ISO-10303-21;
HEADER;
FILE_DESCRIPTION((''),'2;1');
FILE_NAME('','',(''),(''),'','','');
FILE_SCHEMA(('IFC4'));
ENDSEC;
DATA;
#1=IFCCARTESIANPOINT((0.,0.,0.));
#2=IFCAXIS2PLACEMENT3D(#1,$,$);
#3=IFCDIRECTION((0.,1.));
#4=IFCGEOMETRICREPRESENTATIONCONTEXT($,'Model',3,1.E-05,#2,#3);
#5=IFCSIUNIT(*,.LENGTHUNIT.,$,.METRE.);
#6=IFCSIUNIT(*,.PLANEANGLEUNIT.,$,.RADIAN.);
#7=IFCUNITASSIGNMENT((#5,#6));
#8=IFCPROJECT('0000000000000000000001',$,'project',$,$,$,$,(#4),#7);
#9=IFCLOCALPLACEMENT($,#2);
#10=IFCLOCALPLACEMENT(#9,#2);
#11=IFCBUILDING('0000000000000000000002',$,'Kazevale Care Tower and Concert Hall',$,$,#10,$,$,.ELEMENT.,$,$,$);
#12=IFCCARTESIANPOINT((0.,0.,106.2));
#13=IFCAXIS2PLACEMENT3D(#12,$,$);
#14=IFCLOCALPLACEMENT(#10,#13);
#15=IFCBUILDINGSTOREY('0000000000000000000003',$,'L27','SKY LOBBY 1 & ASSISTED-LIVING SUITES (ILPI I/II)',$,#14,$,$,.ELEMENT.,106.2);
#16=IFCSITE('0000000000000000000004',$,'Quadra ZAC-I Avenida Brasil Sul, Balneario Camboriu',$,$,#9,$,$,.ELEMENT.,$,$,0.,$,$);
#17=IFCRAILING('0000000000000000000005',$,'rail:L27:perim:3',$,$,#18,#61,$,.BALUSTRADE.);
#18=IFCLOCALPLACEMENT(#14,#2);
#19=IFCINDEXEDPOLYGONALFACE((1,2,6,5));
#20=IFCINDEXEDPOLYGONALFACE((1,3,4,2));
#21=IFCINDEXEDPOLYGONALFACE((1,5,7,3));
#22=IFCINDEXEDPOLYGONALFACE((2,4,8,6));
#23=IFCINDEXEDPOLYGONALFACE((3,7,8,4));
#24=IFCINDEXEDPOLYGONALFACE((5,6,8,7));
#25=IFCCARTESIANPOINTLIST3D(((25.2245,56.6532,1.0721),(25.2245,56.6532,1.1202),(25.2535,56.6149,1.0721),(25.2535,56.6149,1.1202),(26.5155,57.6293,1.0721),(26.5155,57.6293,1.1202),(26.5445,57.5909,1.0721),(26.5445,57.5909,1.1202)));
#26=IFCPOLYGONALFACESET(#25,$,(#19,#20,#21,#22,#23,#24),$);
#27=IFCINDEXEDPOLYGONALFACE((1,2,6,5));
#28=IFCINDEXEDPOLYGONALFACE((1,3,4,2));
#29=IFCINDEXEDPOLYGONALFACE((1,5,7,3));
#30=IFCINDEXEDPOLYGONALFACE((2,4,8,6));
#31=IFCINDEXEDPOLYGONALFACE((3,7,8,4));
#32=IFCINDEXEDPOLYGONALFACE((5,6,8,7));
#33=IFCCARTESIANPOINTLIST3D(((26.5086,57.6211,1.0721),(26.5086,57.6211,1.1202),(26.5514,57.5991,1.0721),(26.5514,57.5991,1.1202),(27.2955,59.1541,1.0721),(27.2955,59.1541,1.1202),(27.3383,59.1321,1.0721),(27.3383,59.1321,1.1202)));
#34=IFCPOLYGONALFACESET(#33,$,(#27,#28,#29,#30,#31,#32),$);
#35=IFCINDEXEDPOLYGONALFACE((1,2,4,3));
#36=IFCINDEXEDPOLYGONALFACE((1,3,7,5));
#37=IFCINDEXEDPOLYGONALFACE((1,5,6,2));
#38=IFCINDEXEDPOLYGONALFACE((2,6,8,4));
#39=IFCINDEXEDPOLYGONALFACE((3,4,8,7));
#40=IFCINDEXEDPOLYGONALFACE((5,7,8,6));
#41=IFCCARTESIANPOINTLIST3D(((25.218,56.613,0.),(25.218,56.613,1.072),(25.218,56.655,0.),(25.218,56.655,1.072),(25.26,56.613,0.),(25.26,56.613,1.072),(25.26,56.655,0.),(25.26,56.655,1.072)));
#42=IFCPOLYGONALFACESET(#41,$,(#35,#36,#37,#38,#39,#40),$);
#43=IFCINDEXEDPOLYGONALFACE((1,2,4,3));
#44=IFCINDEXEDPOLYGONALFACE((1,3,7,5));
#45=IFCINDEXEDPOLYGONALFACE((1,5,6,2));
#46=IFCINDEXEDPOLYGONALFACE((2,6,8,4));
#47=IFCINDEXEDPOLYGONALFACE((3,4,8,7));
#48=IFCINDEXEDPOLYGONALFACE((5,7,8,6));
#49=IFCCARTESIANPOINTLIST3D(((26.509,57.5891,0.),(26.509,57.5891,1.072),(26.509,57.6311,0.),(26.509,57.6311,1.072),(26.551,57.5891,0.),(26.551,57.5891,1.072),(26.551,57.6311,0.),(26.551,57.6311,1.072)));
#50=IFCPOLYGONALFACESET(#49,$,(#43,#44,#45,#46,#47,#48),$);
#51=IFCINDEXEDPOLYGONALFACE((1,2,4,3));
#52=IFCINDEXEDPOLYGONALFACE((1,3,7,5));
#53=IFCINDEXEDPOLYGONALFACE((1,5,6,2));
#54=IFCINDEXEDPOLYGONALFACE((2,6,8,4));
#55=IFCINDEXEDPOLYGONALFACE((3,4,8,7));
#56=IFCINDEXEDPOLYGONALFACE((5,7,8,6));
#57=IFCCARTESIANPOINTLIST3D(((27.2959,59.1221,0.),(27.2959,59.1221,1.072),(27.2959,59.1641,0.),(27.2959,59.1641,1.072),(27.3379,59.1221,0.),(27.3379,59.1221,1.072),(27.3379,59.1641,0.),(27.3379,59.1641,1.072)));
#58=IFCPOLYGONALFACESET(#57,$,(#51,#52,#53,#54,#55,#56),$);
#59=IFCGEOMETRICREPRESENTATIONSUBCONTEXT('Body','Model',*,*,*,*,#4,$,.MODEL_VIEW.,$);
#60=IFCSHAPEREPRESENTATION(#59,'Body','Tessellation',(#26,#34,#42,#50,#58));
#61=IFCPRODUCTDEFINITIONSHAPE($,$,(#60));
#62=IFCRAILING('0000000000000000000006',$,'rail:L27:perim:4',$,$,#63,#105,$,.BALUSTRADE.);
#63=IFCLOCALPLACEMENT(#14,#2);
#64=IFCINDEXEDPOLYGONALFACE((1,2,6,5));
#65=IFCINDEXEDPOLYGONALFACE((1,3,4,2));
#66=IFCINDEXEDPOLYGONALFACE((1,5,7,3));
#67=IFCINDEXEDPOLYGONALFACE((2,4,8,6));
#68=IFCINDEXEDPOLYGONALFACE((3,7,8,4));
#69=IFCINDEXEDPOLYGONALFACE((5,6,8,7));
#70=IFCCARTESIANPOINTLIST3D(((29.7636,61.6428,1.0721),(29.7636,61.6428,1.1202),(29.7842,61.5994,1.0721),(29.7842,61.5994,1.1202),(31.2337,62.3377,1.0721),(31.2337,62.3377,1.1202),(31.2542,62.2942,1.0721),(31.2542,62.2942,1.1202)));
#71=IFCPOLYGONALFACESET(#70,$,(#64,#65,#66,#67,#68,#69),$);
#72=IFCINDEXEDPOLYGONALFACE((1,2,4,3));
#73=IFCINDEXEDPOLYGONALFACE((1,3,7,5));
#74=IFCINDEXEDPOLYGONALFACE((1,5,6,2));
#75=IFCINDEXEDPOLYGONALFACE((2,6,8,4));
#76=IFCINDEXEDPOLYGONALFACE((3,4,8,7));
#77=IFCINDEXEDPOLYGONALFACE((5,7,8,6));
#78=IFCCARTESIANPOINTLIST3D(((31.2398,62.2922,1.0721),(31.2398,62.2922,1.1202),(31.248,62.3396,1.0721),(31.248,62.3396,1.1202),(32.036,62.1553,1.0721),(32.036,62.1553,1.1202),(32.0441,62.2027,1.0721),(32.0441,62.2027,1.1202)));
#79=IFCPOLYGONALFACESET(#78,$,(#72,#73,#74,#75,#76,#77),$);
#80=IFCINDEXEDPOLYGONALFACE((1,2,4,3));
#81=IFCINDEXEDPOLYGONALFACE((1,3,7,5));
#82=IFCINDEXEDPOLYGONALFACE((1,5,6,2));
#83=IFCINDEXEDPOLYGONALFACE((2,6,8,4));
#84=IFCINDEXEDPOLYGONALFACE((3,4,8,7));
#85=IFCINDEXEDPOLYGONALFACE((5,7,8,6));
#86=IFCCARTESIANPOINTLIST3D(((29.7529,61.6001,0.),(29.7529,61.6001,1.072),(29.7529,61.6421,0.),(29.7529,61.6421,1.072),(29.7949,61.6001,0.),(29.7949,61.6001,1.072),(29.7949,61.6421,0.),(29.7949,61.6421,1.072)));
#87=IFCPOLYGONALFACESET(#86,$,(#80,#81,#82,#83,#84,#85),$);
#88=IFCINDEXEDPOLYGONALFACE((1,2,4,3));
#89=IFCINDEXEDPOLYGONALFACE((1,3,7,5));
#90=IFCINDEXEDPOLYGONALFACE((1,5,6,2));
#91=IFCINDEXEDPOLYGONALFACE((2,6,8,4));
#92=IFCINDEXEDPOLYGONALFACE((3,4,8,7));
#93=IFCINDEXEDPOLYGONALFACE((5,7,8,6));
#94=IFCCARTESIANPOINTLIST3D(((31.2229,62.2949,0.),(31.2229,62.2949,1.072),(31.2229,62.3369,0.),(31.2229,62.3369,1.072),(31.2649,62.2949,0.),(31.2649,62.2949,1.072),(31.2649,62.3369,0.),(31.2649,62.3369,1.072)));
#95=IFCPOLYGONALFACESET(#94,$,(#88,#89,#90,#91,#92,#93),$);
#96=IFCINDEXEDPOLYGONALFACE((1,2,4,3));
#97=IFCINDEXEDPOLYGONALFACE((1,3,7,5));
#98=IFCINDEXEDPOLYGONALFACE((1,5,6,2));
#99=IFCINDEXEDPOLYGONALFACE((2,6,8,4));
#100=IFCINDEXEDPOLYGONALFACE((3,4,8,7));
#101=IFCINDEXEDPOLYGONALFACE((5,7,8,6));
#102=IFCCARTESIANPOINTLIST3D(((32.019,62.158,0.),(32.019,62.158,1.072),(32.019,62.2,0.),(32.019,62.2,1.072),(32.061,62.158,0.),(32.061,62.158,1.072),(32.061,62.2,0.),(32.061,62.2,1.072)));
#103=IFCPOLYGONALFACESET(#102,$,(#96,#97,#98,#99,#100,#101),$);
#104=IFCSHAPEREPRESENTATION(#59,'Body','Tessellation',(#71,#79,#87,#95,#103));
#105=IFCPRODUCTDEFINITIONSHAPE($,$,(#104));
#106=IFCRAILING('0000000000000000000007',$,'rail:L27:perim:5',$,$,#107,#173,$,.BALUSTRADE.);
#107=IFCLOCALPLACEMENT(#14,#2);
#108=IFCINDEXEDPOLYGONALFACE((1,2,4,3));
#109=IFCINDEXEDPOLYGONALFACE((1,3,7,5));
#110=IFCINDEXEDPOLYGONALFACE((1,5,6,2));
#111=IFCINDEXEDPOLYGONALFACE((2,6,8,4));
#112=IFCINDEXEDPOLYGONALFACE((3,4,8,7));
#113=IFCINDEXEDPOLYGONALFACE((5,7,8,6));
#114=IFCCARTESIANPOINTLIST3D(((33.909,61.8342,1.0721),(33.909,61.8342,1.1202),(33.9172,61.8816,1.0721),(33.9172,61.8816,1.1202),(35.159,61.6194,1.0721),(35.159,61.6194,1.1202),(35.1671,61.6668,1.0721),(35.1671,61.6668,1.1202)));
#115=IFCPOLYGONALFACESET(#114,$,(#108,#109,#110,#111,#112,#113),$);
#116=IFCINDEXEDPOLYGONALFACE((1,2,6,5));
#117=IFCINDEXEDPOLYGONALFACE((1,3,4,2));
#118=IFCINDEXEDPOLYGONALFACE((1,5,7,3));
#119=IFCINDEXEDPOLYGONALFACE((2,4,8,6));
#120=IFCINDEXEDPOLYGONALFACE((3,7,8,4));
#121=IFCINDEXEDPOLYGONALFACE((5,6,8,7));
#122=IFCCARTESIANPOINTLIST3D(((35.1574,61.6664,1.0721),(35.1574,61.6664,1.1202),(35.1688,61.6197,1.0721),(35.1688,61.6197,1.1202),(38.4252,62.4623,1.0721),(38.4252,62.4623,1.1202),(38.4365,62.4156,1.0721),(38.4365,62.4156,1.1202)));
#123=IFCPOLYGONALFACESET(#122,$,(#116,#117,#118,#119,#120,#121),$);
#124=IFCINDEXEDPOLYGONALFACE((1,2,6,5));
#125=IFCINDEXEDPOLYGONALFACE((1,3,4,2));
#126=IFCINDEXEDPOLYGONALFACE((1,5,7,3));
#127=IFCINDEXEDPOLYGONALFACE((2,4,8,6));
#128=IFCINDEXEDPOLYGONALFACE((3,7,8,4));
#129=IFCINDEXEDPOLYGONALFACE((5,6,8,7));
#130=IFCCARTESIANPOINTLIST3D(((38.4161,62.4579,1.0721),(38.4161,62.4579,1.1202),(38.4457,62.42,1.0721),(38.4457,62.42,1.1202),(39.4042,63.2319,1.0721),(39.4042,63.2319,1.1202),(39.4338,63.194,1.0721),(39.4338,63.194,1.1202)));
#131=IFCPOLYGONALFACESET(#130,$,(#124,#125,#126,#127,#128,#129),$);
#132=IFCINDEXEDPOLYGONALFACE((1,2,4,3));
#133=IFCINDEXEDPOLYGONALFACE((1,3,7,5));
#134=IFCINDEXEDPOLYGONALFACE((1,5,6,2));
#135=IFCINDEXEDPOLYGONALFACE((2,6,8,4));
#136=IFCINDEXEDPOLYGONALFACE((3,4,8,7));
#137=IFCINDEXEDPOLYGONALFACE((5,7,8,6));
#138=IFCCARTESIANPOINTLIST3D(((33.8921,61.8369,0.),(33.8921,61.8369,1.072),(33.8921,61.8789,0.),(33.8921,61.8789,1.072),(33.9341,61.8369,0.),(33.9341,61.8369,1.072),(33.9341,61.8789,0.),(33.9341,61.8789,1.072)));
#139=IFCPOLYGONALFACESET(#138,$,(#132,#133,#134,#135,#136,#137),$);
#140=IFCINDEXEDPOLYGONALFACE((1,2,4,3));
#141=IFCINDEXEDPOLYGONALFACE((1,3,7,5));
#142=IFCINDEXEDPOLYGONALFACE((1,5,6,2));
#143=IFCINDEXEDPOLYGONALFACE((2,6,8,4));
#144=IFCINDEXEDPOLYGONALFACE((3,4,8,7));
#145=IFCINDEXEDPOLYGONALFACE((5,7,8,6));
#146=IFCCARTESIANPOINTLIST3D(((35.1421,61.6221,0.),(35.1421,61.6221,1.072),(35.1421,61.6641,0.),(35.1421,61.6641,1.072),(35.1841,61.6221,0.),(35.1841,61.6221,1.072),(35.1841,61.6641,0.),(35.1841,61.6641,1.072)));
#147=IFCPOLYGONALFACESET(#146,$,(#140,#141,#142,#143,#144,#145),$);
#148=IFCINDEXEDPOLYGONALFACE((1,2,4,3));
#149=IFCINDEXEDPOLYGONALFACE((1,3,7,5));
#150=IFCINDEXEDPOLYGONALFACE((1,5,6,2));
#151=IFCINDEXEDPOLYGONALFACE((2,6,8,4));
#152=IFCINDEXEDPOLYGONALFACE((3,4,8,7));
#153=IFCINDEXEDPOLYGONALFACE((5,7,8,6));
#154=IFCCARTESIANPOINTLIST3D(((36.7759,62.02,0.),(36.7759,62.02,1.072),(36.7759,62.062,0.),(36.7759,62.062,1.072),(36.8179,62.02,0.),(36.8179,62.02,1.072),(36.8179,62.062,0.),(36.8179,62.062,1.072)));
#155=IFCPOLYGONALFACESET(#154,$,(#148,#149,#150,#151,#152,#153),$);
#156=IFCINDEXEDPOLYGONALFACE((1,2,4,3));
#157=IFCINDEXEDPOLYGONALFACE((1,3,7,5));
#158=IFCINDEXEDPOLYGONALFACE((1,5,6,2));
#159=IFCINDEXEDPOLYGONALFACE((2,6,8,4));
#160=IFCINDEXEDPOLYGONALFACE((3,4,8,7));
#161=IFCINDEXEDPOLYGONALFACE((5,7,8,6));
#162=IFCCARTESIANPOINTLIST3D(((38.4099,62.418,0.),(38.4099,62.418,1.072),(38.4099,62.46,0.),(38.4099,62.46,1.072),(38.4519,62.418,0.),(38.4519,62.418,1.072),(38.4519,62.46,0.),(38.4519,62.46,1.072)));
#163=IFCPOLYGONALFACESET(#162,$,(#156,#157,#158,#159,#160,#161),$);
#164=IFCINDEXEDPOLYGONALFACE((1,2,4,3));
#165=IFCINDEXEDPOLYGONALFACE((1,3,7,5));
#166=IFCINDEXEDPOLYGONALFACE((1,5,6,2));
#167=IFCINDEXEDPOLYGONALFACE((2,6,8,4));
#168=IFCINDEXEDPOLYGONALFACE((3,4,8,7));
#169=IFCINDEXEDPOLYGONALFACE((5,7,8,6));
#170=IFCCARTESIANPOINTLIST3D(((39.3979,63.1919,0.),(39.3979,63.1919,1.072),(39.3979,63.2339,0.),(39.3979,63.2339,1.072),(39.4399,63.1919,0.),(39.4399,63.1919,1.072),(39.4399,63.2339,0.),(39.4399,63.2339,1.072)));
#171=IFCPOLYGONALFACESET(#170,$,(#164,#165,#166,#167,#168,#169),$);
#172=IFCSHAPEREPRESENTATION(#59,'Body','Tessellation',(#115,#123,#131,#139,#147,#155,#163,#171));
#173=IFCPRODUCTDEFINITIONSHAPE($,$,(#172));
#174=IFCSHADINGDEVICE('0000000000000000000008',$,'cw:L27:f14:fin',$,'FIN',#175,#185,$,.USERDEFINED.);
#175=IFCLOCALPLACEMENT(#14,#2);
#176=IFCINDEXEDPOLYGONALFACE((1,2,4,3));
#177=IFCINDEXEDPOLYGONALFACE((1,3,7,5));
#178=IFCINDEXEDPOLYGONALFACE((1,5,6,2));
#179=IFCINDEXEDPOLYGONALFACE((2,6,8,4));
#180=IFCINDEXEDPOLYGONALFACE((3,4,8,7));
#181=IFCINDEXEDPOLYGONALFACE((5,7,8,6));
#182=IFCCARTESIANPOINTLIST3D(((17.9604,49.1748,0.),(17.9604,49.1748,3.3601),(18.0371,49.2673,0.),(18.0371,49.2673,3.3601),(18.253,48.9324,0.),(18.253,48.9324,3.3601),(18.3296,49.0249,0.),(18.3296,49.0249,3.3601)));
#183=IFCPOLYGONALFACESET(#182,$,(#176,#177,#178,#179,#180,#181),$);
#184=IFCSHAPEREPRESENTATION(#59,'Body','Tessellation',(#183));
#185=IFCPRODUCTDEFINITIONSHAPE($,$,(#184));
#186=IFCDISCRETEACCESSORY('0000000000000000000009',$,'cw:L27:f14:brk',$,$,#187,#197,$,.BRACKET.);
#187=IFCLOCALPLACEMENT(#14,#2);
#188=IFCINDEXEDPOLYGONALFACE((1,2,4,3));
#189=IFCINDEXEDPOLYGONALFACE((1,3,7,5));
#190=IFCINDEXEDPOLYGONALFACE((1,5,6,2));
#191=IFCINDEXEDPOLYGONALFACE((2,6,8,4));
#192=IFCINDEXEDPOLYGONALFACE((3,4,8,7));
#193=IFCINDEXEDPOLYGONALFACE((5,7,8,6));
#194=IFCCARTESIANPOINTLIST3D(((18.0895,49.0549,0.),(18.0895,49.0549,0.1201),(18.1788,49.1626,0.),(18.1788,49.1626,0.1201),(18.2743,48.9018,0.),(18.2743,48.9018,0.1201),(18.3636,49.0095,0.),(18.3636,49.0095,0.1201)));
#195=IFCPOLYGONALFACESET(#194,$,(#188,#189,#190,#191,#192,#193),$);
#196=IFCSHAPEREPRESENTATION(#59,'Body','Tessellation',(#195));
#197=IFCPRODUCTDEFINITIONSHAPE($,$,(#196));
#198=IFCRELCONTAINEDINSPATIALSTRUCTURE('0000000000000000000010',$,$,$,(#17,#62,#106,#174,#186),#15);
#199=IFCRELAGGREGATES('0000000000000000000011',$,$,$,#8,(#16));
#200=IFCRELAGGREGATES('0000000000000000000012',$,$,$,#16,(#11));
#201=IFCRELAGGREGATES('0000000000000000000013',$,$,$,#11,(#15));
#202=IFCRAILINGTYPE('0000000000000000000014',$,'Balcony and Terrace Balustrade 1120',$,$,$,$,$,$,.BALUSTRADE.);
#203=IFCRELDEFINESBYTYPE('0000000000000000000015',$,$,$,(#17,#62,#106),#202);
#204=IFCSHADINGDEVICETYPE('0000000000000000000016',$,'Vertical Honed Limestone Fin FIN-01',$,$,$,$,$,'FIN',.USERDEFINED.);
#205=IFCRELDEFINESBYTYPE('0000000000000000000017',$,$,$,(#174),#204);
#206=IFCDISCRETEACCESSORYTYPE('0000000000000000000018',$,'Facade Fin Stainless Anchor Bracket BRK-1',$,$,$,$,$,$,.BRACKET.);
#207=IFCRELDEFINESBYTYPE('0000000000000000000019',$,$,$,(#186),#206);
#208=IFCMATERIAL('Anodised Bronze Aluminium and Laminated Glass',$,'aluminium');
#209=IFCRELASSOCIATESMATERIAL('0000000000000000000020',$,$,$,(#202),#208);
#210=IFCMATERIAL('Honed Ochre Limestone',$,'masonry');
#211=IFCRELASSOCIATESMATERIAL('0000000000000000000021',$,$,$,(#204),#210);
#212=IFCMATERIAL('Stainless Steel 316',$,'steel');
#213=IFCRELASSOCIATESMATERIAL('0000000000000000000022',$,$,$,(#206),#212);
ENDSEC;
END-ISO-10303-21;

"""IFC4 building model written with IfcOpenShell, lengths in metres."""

from ifc_helpers import new_model, si_unit, direction, frame, origin, origin_2d, place, context, subcontext, project, spatial, rectangle, extrude, material, type_object, element, save


model = new_model("IFC4")

# Units and contexts
model_context = context("Model", 3, precision=1e-05, world=origin(), true_north=direction((0.0, 1.0)))
body_context = subcontext(model_context, "Body", "Model", "MODEL_VIEW")
ifc_project = project(units=[si_unit("LENGTHUNIT", "METRE"), si_unit("PLANEANGLEUNIT", "RADIAN")], contexts=[model_context])

# Site, building, storey
site_placement = place(None, origin())
site = spatial("IfcSite", under=ifc_project, at=site_placement, Name="Quadra ZAC-I Avenida Brasil Sul, Balneario Camboriu", CompositionType="ELEMENT", RefElevation=0.0)
building_placement = place(site_placement, origin())
building = spatial("IfcBuilding", under=site, at=building_placement, Name="Kazevale Care Tower and Concert Hall", CompositionType="ELEMENT")
storey_placement = place(building_placement, frame((0.0, 0.0, 106.2)))
storey = spatial("IfcBuildingStorey", under=building, at=storey_placement, Name="L27", Description="SKY LOBBY 1 & ASSISTED-LIVING SUITES (ILPI I/II)", CompositionType="ELEMENT", Elevation=106.2)

# Railings
ifc_material_1 = material(Name="Anodised Bronze Aluminium and Laminated Glass", Category="aluminium")
railing_type = type_object("IfcRailingType", Name="Balcony and Terrace Balustrade 1120", PredefinedType="BALUSTRADE", material=ifc_material_1)
railing_1_placement = place(storey_placement, frame((25.239, 56.634, 0.0)))
element("IfcRailing", 1, at=railing_1_placement, inside=storey, type_object=railing_type, Name="rail:L27:perim:3", PredefinedType="BALUSTRADE", context=body_context, shape_type="SweptSolid", body=[
    extrude(rectangle(XDim=0.0481, YDim=0.0481, at=origin_2d()), frame((0.0, 0.0, 1.0962), z_axis=(0.797677, 0.603085, 0.0), x_axis=(-0.603085, 0.797677, 0.0)), (0.0, 0.0, 1.0), 1.6184),
    extrude(rectangle(XDim=0.0481, YDim=0.0481, at=origin_2d()), frame((1.291, 0.9761, 1.0962), z_axis=(0.456653, 0.889645, 0.0), x_axis=(-0.889645, 0.456653, 0.0)), (0.0, 0.0, 1.0), 1.7231),
    extrude(rectangle(XDim=0.042, YDim=0.042, at=origin_2d()), origin(), (0.0, 0.0, 1.0), 1.072),
    extrude(rectangle(XDim=0.042, YDim=0.042, at=origin_2d()), frame((1.291, 0.9761, 0.0)), (0.0, 0.0, 1.0), 1.072),
    extrude(rectangle(XDim=0.042, YDim=0.042, at=origin_2d()), frame((2.0779, 2.509, 0.0)), (0.0, 0.0, 1.0), 1.072),
])
railing_2_placement = place(storey_placement, frame((29.7739, 61.6211, 0.0)))
element("IfcRailing", 2, at=railing_2_placement, inside=storey, type_object=railing_type, Name="rail:L27:perim:4", PredefinedType="BALUSTRADE", context=body_context, shape_type="SweptSolid", body=[
    extrude(rectangle(XDim=0.0481, YDim=0.0481, at=origin_2d()), frame((0.0, 0.0, 1.0962), z_axis=(0.904089, 0.427344, 0.0), x_axis=(-0.427344, 0.904089, 0.0)), (0.0, 0.0, 1.0), 1.626),
    extrude(rectangle(XDim=0.0481, YDim=0.0481, at=origin_2d()), frame((1.47, 0.6948, 1.0962), z_axis=(0.985523, -0.169543, 0.0), x_axis=(0.169543, 0.985523, 0.0)), (0.0, 0.0, 1.0), 0.8079),
    extrude(rectangle(XDim=0.042, YDim=0.042, at=origin_2d()), origin(), (0.0, 0.0, 1.0), 1.072),
    extrude(rectangle(XDim=0.042, YDim=0.042, at=origin_2d()), frame((1.47, 0.6948, 0.0)), (0.0, 0.0, 1.0), 1.072),
    extrude(rectangle(XDim=0.042, YDim=0.042, at=origin_2d()), frame((2.2661, 0.5579, 0.0)), (0.0, 0.0, 1.0), 1.072),
])
railing_3_placement = place(storey_placement, frame((33.9131, 61.8579, 0.0)))
element("IfcRailing", 3, at=railing_3_placement, inside=storey, type_object=railing_type, Name="rail:L27:perim:5", PredefinedType="BALUSTRADE", context=body_context, shape_type="SweptSolid", body=[
    extrude(rectangle(XDim=0.0481, YDim=0.0481, at=origin_2d()), frame((0.0, 0.0, 1.0962), z_axis=(0.985549, -0.169391, 0.0), x_axis=(0.169391, 0.985549, 0.0)), (0.0, 0.0, 1.0), 1.2683),
    extrude(rectangle(XDim=0.0481, YDim=0.0481, at=origin_2d()), frame((1.25, -0.2148, 1.0962), z_axis=(0.971598, 0.236639, 0.0), x_axis=(-0.236639, 0.971598, 0.0)), (0.0, 0.0, 1.0), 3.3633),
    extrude(rectangle(XDim=0.0481, YDim=0.0481, at=origin_2d()), frame((4.5178, 0.5811, 1.0962), z_axis=(0.787242, 0.616644, 0.0), x_axis=(-0.616644, 0.787242, 0.0)), (0.0, 0.0, 1.0), 1.2551),
    extrude(rectangle(XDim=0.042, YDim=0.042, at=origin_2d()), origin(), (0.0, 0.0, 1.0), 1.072),
    extrude(rectangle(XDim=0.042, YDim=0.042, at=origin_2d()), frame((1.25, -0.2148, 0.0)), (0.0, 0.0, 1.0), 1.072),
    extrude(rectangle(XDim=0.042, YDim=0.042, at=origin_2d()), frame((2.8838, 0.1831, 0.0)), (0.0, 0.0, 1.0), 1.072),
    extrude(rectangle(XDim=0.042, YDim=0.042, at=origin_2d()), frame((4.5178, 0.5811, 0.0)), (0.0, 0.0, 1.0), 1.072),
    extrude(rectangle(XDim=0.042, YDim=0.042, at=origin_2d()), frame((5.5059, 1.355, 0.0)), (0.0, 0.0, 1.0), 1.072),
])

# Shading device
ifc_material_2 = material(Name="Honed Ochre Limestone", Category="masonry")
shading_device_type = type_object("IfcShadingDeviceType", Name="Vertical Honed Limestone Fin FIN-01", ElementType="FIN", PredefinedType="USERDEFINED", material=ifc_material_2)
shading_device_placement = place(storey_placement, frame((18.145, 49.0999, 0.0), z_axis=(0.0, 0.0, 1.0), x_axis=(-0.770068, 0.637962, 0.0)))
element("IfcShadingDevice", 4, at=shading_device_placement, inside=storey, type_object=shading_device_type, Name="cw:L27:f14:fin", ObjectType="FIN", PredefinedType="USERDEFINED", context=body_context, shape_type="SweptSolid", body=[
    extrude(rectangle(XDim=0.3799, YDim=0.1201, at=origin_2d()), origin(), (0.0, 0.0, 1.0), 3.3601),
])

# Discrete accessory
ifc_material_3 = material(Name="Stainless Steel 316", Category="steel")
discrete_accessory_type = type_object("IfcDiscreteAccessoryType", Name="Facade Fin Stainless Anchor Bracket BRK-1", PredefinedType="BRACKET", material=ifc_material_3)
discrete_accessory_placement = place(storey_placement, frame((18.2266, 49.0322, 0.0), z_axis=(0.0, 0.0, 1.0), x_axis=(-0.770068, 0.637962, 0.0)))
element("IfcDiscreteAccessory", 5, at=discrete_accessory_placement, inside=storey, type_object=discrete_accessory_type, Name="cw:L27:f14:brk", PredefinedType="BRACKET", context=body_context, shape_type="SweptSolid", body=[
    extrude(rectangle(XDim=0.24, YDim=0.1399, at=origin_2d()), origin(), (0.0, 0.0, 1.0), 0.1201),
])

save(model, "model.ifc")
